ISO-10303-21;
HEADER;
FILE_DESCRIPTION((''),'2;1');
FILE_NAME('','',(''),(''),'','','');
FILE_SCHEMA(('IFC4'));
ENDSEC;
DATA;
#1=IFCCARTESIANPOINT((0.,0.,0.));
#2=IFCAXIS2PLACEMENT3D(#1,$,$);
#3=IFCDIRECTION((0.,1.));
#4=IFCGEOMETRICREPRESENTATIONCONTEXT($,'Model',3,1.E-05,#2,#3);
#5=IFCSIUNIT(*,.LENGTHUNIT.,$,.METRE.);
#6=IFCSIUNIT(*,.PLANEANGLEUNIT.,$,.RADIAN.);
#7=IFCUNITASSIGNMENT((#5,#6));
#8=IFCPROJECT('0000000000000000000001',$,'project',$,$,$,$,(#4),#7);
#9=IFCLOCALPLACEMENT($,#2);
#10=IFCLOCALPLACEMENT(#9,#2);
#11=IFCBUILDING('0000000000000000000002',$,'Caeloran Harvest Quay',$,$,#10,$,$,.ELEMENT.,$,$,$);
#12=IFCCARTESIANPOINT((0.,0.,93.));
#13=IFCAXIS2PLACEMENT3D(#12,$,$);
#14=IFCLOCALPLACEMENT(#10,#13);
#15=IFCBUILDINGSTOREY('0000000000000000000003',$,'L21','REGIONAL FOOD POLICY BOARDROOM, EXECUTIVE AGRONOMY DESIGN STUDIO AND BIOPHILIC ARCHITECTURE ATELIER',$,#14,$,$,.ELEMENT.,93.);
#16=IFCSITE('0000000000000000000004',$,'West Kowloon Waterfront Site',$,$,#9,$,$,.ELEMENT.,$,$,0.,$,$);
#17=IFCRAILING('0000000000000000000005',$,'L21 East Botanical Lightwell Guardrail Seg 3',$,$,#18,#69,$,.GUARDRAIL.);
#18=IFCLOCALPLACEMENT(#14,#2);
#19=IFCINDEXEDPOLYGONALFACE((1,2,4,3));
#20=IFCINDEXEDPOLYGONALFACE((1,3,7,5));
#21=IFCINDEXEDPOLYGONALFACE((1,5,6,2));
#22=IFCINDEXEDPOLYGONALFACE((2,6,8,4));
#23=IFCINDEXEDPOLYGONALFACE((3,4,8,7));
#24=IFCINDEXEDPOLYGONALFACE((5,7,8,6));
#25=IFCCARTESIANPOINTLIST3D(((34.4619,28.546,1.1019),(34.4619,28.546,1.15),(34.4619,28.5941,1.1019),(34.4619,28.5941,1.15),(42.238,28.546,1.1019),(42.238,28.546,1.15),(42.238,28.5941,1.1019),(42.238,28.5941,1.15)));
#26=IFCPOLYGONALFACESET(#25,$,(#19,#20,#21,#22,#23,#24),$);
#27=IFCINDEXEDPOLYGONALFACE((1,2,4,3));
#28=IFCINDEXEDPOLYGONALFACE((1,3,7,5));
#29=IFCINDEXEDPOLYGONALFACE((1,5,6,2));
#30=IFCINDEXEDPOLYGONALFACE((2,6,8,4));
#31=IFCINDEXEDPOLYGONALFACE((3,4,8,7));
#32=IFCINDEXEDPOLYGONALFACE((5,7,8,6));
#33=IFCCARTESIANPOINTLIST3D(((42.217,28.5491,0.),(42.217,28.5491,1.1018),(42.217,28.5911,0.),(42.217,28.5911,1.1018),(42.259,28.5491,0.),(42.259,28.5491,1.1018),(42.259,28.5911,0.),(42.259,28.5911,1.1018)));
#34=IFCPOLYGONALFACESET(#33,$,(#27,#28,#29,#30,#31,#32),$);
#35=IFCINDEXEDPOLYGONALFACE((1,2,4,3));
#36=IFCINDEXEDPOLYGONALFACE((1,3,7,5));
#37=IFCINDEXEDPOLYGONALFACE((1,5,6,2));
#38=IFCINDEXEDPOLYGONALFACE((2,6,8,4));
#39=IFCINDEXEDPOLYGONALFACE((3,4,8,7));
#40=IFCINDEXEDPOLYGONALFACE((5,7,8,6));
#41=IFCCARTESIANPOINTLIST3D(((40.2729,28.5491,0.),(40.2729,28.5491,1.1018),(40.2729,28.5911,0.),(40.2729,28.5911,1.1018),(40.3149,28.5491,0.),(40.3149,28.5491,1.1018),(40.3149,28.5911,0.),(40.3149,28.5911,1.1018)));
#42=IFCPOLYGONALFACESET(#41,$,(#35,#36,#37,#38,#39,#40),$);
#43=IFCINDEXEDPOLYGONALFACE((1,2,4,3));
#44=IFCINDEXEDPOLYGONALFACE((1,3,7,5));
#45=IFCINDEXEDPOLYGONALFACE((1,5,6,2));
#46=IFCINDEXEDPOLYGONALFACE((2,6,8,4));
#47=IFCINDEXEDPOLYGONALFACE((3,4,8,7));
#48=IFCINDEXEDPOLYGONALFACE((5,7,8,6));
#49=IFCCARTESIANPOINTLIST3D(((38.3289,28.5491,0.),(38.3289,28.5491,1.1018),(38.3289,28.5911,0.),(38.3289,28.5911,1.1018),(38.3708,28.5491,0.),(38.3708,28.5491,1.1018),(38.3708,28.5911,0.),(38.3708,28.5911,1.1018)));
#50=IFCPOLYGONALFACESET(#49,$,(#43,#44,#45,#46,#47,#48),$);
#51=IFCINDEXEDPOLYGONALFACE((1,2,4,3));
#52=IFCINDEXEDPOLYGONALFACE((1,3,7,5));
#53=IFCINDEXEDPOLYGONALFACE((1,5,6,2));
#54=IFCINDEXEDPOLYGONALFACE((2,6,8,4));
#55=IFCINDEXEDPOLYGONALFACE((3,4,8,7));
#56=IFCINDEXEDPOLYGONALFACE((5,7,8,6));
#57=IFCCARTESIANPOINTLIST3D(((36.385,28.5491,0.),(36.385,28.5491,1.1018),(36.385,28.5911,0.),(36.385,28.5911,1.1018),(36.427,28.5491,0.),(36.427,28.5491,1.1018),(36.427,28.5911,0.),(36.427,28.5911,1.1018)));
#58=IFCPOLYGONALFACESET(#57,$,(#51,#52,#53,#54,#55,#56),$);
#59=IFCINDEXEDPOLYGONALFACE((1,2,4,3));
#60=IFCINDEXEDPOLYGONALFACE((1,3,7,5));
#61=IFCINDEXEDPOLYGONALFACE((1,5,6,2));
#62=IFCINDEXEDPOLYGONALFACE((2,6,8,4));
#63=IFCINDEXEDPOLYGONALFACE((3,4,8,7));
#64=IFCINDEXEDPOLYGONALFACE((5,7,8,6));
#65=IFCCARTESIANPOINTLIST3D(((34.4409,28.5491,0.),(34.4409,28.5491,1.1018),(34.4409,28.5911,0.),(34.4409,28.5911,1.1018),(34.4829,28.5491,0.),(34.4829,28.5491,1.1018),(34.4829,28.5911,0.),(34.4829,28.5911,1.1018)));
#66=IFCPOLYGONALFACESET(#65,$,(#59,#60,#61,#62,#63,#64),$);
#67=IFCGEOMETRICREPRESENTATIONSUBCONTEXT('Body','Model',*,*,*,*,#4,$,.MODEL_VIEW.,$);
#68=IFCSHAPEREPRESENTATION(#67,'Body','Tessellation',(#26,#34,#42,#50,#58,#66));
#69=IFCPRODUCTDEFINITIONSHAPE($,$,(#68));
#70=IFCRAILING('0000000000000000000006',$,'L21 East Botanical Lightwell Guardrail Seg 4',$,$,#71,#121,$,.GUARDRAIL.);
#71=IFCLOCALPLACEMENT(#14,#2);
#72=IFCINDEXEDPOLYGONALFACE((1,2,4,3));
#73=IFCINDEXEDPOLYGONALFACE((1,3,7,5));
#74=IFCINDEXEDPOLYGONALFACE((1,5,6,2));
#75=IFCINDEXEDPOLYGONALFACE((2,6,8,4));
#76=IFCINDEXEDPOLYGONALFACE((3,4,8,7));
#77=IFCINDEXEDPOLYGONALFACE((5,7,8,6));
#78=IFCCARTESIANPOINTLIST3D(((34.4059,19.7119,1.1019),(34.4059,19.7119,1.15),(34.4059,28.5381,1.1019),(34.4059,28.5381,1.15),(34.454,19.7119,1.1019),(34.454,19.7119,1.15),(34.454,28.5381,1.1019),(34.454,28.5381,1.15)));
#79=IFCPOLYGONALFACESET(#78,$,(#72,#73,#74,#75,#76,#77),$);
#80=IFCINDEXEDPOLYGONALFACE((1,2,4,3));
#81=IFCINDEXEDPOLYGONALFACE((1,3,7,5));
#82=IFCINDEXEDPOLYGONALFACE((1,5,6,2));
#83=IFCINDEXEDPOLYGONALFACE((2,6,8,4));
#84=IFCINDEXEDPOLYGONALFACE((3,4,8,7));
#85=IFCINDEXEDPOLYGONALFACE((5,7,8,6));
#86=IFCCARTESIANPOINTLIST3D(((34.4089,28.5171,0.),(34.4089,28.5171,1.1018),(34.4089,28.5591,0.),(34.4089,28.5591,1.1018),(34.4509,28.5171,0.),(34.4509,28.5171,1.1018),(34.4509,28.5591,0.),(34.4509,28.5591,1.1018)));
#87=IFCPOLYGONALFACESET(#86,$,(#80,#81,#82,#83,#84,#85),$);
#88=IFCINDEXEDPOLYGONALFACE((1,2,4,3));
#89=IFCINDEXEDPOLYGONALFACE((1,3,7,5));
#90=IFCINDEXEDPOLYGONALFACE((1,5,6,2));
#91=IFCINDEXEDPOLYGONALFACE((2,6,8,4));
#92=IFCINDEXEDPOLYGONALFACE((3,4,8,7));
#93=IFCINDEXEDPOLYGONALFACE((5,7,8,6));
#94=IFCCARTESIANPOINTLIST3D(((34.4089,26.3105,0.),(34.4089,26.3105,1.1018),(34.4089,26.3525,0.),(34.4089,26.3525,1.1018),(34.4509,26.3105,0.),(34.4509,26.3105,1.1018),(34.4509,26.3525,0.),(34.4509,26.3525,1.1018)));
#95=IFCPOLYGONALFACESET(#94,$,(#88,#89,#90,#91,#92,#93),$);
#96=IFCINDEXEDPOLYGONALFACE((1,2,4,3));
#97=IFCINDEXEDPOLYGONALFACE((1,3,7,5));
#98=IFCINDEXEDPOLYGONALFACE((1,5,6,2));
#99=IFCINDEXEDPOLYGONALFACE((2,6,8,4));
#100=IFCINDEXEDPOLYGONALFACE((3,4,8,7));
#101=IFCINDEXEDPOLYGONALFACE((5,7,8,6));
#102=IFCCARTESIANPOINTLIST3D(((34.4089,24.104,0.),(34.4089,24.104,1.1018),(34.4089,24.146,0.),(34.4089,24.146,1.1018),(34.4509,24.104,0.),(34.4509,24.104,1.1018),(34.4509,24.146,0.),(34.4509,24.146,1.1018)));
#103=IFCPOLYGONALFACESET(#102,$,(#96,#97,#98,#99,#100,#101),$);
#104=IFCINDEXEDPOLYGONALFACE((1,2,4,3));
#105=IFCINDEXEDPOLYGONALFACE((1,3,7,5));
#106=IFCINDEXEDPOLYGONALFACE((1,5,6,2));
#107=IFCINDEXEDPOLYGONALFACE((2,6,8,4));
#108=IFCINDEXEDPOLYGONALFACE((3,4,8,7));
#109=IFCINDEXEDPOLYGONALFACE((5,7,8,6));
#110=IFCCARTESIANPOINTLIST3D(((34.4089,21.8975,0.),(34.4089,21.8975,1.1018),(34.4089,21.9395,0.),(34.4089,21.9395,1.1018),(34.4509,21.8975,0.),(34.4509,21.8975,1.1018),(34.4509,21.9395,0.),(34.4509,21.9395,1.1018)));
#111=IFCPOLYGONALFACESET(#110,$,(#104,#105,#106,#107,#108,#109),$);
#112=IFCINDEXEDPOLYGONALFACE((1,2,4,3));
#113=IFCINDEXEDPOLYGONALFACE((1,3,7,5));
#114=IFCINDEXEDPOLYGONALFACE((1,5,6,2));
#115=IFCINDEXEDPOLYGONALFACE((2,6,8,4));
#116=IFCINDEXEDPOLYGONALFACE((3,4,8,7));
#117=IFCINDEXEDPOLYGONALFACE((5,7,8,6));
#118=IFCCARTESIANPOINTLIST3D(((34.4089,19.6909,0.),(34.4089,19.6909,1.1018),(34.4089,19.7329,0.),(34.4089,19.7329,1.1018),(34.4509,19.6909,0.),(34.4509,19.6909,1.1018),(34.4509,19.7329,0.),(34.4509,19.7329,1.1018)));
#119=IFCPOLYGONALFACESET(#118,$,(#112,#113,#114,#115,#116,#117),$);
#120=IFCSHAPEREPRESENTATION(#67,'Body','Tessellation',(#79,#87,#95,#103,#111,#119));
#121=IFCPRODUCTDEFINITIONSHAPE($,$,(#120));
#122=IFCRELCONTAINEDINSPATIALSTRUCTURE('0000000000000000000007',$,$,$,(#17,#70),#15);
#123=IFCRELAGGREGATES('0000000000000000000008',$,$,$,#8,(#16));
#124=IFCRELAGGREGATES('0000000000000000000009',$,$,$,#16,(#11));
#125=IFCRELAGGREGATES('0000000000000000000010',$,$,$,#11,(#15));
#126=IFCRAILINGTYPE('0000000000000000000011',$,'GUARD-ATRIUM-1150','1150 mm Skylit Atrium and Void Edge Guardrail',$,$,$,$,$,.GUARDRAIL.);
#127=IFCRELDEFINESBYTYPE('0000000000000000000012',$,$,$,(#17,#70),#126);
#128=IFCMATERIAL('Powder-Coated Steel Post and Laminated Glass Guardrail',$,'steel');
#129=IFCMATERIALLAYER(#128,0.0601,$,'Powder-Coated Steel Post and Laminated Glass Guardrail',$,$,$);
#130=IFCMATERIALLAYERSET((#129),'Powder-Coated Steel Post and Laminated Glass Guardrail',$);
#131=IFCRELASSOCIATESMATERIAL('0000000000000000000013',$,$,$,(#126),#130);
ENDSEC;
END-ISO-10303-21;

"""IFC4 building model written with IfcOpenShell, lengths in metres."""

from ifc_helpers import new_model, si_unit, direction, frame, origin, origin_2d, place, context, subcontext, project, spatial, rectangle, extrude, material, layer, layer_set, type_object, element, save


model = new_model("IFC4")

# Units and contexts
model_context = context("Model", 3, precision=1e-05, world=origin(), true_north=direction((0.0, 1.0)))
body_context = subcontext(model_context, "Body", "Model", "MODEL_VIEW")
ifc_project = project(units=[si_unit("LENGTHUNIT", "METRE"), si_unit("PLANEANGLEUNIT", "RADIAN")], contexts=[model_context])

# Site, building, storey
site_placement = place(None, origin())
site = spatial("IfcSite", under=ifc_project, at=site_placement, Name="West Kowloon Waterfront Site", CompositionType="ELEMENT", RefElevation=0.0)
building_placement = place(site_placement, origin())
building = spatial("IfcBuilding", under=site, at=building_placement, Name="Caeloran Harvest Quay", CompositionType="ELEMENT")
storey_placement = place(building_placement, frame((0.0, 0.0, 93.0)))
storey = spatial("IfcBuildingStorey", under=building, at=storey_placement, Name="L21", Description="REGIONAL FOOD POLICY BOARDROOM, EXECUTIVE AGRONOMY DESIGN STUDIO AND BIOPHILIC ARCHITECTURE ATELIER", CompositionType="ELEMENT", Elevation=93.0)

# Railings
ifc_material_1 = material(Name="Powder-Coated Steel Post and Laminated Glass Guardrail", Category="steel")
ifc_layer_1 = layer(ifc_material_1, 0.0601, Name="Powder-Coated Steel Post and Laminated Glass Guardrail")
ifc_layer_set_1 = layer_set([ifc_layer_1], Name="Powder-Coated Steel Post and Laminated Glass Guardrail")
railing_type = type_object("IfcRailingType", Name="GUARD-ATRIUM-1150", Description="1150 mm Skylit Atrium and Void Edge Guardrail", PredefinedType="GUARDRAIL", material=ifc_layer_set_1)
railing_1_placement = place(storey_placement, frame((42.238, 28.5701, 0.0)))
element("IfcRailing", 1, at=railing_1_placement, inside=storey, type_object=railing_type, Name="L21 East Botanical Lightwell Guardrail Seg 3", PredefinedType="GUARDRAIL", context=body_context, shape_type="SweptSolid", body=[
    extrude(rectangle(XDim=0.0481, YDim=0.0481, at=origin_2d()), frame((0.0, 0.0, 1.126), z_axis=(-1.0, 0.0, 0.0), x_axis=(0.0, -1.0, 0.0)), (0.0, 0.0, 1.0), 7.7761),
    extrude(rectangle(XDim=0.042, YDim=0.042, at=origin_2d()), origin(), (0.0, 0.0, 1.0), 1.1018),
    extrude(rectangle(XDim=0.042, YDim=0.042, at=origin_2d()), frame((-1.9441, 0.0, 0.0)), (0.0, 0.0, 1.0), 1.1018),
    extrude(rectangle(XDim=0.042, YDim=0.042, at=origin_2d()), frame((-3.8882, 0.0, 0.0)), (0.0, 0.0, 1.0), 1.1018),
    extrude(rectangle(XDim=0.042, YDim=0.042, at=origin_2d()), frame((-5.832, 0.0, 0.0)), (0.0, 0.0, 1.0), 1.1018),
    extrude(rectangle(XDim=0.042, YDim=0.042, at=origin_2d()), frame((-7.7761, 0.0, 0.0)), (0.0, 0.0, 1.0), 1.1018),
])
railing_2_placement = place(storey_placement, frame((34.4299, 28.5381, 0.0)))
element("IfcRailing", 2, at=railing_2_placement, inside=storey, type_object=railing_type, Name="L21 East Botanical Lightwell Guardrail Seg 4", PredefinedType="GUARDRAIL", context=body_context, shape_type="SweptSolid", body=[
    extrude(rectangle(XDim=0.0481, YDim=0.0481, at=origin_2d()), frame((0.0, 0.0, 1.126), z_axis=(0.0, -1.0, 0.0), x_axis=(1.0, 0.0, 0.0)), (0.0, 0.0, 1.0), 8.8262),
    extrude(rectangle(XDim=0.042, YDim=0.042, at=origin_2d()), origin(), (0.0, 0.0, 1.0), 1.1018),
    extrude(rectangle(XDim=0.042, YDim=0.042, at=origin_2d()), frame((0.0, -2.2065, 0.0)), (0.0, 0.0, 1.0), 1.1018),
    extrude(rectangle(XDim=0.042, YDim=0.042, at=origin_2d()), frame((0.0, -4.4131, 0.0)), (0.0, 0.0, 1.0), 1.1018),
    extrude(rectangle(XDim=0.042, YDim=0.042, at=origin_2d()), frame((0.0, -6.6196, 0.0)), (0.0, 0.0, 1.0), 1.1018),
    extrude(rectangle(XDim=0.042, YDim=0.042, at=origin_2d()), frame((0.0, -8.8262, 0.0)), (0.0, 0.0, 1.0), 1.1018),
])

save(model, "model.ifc")
